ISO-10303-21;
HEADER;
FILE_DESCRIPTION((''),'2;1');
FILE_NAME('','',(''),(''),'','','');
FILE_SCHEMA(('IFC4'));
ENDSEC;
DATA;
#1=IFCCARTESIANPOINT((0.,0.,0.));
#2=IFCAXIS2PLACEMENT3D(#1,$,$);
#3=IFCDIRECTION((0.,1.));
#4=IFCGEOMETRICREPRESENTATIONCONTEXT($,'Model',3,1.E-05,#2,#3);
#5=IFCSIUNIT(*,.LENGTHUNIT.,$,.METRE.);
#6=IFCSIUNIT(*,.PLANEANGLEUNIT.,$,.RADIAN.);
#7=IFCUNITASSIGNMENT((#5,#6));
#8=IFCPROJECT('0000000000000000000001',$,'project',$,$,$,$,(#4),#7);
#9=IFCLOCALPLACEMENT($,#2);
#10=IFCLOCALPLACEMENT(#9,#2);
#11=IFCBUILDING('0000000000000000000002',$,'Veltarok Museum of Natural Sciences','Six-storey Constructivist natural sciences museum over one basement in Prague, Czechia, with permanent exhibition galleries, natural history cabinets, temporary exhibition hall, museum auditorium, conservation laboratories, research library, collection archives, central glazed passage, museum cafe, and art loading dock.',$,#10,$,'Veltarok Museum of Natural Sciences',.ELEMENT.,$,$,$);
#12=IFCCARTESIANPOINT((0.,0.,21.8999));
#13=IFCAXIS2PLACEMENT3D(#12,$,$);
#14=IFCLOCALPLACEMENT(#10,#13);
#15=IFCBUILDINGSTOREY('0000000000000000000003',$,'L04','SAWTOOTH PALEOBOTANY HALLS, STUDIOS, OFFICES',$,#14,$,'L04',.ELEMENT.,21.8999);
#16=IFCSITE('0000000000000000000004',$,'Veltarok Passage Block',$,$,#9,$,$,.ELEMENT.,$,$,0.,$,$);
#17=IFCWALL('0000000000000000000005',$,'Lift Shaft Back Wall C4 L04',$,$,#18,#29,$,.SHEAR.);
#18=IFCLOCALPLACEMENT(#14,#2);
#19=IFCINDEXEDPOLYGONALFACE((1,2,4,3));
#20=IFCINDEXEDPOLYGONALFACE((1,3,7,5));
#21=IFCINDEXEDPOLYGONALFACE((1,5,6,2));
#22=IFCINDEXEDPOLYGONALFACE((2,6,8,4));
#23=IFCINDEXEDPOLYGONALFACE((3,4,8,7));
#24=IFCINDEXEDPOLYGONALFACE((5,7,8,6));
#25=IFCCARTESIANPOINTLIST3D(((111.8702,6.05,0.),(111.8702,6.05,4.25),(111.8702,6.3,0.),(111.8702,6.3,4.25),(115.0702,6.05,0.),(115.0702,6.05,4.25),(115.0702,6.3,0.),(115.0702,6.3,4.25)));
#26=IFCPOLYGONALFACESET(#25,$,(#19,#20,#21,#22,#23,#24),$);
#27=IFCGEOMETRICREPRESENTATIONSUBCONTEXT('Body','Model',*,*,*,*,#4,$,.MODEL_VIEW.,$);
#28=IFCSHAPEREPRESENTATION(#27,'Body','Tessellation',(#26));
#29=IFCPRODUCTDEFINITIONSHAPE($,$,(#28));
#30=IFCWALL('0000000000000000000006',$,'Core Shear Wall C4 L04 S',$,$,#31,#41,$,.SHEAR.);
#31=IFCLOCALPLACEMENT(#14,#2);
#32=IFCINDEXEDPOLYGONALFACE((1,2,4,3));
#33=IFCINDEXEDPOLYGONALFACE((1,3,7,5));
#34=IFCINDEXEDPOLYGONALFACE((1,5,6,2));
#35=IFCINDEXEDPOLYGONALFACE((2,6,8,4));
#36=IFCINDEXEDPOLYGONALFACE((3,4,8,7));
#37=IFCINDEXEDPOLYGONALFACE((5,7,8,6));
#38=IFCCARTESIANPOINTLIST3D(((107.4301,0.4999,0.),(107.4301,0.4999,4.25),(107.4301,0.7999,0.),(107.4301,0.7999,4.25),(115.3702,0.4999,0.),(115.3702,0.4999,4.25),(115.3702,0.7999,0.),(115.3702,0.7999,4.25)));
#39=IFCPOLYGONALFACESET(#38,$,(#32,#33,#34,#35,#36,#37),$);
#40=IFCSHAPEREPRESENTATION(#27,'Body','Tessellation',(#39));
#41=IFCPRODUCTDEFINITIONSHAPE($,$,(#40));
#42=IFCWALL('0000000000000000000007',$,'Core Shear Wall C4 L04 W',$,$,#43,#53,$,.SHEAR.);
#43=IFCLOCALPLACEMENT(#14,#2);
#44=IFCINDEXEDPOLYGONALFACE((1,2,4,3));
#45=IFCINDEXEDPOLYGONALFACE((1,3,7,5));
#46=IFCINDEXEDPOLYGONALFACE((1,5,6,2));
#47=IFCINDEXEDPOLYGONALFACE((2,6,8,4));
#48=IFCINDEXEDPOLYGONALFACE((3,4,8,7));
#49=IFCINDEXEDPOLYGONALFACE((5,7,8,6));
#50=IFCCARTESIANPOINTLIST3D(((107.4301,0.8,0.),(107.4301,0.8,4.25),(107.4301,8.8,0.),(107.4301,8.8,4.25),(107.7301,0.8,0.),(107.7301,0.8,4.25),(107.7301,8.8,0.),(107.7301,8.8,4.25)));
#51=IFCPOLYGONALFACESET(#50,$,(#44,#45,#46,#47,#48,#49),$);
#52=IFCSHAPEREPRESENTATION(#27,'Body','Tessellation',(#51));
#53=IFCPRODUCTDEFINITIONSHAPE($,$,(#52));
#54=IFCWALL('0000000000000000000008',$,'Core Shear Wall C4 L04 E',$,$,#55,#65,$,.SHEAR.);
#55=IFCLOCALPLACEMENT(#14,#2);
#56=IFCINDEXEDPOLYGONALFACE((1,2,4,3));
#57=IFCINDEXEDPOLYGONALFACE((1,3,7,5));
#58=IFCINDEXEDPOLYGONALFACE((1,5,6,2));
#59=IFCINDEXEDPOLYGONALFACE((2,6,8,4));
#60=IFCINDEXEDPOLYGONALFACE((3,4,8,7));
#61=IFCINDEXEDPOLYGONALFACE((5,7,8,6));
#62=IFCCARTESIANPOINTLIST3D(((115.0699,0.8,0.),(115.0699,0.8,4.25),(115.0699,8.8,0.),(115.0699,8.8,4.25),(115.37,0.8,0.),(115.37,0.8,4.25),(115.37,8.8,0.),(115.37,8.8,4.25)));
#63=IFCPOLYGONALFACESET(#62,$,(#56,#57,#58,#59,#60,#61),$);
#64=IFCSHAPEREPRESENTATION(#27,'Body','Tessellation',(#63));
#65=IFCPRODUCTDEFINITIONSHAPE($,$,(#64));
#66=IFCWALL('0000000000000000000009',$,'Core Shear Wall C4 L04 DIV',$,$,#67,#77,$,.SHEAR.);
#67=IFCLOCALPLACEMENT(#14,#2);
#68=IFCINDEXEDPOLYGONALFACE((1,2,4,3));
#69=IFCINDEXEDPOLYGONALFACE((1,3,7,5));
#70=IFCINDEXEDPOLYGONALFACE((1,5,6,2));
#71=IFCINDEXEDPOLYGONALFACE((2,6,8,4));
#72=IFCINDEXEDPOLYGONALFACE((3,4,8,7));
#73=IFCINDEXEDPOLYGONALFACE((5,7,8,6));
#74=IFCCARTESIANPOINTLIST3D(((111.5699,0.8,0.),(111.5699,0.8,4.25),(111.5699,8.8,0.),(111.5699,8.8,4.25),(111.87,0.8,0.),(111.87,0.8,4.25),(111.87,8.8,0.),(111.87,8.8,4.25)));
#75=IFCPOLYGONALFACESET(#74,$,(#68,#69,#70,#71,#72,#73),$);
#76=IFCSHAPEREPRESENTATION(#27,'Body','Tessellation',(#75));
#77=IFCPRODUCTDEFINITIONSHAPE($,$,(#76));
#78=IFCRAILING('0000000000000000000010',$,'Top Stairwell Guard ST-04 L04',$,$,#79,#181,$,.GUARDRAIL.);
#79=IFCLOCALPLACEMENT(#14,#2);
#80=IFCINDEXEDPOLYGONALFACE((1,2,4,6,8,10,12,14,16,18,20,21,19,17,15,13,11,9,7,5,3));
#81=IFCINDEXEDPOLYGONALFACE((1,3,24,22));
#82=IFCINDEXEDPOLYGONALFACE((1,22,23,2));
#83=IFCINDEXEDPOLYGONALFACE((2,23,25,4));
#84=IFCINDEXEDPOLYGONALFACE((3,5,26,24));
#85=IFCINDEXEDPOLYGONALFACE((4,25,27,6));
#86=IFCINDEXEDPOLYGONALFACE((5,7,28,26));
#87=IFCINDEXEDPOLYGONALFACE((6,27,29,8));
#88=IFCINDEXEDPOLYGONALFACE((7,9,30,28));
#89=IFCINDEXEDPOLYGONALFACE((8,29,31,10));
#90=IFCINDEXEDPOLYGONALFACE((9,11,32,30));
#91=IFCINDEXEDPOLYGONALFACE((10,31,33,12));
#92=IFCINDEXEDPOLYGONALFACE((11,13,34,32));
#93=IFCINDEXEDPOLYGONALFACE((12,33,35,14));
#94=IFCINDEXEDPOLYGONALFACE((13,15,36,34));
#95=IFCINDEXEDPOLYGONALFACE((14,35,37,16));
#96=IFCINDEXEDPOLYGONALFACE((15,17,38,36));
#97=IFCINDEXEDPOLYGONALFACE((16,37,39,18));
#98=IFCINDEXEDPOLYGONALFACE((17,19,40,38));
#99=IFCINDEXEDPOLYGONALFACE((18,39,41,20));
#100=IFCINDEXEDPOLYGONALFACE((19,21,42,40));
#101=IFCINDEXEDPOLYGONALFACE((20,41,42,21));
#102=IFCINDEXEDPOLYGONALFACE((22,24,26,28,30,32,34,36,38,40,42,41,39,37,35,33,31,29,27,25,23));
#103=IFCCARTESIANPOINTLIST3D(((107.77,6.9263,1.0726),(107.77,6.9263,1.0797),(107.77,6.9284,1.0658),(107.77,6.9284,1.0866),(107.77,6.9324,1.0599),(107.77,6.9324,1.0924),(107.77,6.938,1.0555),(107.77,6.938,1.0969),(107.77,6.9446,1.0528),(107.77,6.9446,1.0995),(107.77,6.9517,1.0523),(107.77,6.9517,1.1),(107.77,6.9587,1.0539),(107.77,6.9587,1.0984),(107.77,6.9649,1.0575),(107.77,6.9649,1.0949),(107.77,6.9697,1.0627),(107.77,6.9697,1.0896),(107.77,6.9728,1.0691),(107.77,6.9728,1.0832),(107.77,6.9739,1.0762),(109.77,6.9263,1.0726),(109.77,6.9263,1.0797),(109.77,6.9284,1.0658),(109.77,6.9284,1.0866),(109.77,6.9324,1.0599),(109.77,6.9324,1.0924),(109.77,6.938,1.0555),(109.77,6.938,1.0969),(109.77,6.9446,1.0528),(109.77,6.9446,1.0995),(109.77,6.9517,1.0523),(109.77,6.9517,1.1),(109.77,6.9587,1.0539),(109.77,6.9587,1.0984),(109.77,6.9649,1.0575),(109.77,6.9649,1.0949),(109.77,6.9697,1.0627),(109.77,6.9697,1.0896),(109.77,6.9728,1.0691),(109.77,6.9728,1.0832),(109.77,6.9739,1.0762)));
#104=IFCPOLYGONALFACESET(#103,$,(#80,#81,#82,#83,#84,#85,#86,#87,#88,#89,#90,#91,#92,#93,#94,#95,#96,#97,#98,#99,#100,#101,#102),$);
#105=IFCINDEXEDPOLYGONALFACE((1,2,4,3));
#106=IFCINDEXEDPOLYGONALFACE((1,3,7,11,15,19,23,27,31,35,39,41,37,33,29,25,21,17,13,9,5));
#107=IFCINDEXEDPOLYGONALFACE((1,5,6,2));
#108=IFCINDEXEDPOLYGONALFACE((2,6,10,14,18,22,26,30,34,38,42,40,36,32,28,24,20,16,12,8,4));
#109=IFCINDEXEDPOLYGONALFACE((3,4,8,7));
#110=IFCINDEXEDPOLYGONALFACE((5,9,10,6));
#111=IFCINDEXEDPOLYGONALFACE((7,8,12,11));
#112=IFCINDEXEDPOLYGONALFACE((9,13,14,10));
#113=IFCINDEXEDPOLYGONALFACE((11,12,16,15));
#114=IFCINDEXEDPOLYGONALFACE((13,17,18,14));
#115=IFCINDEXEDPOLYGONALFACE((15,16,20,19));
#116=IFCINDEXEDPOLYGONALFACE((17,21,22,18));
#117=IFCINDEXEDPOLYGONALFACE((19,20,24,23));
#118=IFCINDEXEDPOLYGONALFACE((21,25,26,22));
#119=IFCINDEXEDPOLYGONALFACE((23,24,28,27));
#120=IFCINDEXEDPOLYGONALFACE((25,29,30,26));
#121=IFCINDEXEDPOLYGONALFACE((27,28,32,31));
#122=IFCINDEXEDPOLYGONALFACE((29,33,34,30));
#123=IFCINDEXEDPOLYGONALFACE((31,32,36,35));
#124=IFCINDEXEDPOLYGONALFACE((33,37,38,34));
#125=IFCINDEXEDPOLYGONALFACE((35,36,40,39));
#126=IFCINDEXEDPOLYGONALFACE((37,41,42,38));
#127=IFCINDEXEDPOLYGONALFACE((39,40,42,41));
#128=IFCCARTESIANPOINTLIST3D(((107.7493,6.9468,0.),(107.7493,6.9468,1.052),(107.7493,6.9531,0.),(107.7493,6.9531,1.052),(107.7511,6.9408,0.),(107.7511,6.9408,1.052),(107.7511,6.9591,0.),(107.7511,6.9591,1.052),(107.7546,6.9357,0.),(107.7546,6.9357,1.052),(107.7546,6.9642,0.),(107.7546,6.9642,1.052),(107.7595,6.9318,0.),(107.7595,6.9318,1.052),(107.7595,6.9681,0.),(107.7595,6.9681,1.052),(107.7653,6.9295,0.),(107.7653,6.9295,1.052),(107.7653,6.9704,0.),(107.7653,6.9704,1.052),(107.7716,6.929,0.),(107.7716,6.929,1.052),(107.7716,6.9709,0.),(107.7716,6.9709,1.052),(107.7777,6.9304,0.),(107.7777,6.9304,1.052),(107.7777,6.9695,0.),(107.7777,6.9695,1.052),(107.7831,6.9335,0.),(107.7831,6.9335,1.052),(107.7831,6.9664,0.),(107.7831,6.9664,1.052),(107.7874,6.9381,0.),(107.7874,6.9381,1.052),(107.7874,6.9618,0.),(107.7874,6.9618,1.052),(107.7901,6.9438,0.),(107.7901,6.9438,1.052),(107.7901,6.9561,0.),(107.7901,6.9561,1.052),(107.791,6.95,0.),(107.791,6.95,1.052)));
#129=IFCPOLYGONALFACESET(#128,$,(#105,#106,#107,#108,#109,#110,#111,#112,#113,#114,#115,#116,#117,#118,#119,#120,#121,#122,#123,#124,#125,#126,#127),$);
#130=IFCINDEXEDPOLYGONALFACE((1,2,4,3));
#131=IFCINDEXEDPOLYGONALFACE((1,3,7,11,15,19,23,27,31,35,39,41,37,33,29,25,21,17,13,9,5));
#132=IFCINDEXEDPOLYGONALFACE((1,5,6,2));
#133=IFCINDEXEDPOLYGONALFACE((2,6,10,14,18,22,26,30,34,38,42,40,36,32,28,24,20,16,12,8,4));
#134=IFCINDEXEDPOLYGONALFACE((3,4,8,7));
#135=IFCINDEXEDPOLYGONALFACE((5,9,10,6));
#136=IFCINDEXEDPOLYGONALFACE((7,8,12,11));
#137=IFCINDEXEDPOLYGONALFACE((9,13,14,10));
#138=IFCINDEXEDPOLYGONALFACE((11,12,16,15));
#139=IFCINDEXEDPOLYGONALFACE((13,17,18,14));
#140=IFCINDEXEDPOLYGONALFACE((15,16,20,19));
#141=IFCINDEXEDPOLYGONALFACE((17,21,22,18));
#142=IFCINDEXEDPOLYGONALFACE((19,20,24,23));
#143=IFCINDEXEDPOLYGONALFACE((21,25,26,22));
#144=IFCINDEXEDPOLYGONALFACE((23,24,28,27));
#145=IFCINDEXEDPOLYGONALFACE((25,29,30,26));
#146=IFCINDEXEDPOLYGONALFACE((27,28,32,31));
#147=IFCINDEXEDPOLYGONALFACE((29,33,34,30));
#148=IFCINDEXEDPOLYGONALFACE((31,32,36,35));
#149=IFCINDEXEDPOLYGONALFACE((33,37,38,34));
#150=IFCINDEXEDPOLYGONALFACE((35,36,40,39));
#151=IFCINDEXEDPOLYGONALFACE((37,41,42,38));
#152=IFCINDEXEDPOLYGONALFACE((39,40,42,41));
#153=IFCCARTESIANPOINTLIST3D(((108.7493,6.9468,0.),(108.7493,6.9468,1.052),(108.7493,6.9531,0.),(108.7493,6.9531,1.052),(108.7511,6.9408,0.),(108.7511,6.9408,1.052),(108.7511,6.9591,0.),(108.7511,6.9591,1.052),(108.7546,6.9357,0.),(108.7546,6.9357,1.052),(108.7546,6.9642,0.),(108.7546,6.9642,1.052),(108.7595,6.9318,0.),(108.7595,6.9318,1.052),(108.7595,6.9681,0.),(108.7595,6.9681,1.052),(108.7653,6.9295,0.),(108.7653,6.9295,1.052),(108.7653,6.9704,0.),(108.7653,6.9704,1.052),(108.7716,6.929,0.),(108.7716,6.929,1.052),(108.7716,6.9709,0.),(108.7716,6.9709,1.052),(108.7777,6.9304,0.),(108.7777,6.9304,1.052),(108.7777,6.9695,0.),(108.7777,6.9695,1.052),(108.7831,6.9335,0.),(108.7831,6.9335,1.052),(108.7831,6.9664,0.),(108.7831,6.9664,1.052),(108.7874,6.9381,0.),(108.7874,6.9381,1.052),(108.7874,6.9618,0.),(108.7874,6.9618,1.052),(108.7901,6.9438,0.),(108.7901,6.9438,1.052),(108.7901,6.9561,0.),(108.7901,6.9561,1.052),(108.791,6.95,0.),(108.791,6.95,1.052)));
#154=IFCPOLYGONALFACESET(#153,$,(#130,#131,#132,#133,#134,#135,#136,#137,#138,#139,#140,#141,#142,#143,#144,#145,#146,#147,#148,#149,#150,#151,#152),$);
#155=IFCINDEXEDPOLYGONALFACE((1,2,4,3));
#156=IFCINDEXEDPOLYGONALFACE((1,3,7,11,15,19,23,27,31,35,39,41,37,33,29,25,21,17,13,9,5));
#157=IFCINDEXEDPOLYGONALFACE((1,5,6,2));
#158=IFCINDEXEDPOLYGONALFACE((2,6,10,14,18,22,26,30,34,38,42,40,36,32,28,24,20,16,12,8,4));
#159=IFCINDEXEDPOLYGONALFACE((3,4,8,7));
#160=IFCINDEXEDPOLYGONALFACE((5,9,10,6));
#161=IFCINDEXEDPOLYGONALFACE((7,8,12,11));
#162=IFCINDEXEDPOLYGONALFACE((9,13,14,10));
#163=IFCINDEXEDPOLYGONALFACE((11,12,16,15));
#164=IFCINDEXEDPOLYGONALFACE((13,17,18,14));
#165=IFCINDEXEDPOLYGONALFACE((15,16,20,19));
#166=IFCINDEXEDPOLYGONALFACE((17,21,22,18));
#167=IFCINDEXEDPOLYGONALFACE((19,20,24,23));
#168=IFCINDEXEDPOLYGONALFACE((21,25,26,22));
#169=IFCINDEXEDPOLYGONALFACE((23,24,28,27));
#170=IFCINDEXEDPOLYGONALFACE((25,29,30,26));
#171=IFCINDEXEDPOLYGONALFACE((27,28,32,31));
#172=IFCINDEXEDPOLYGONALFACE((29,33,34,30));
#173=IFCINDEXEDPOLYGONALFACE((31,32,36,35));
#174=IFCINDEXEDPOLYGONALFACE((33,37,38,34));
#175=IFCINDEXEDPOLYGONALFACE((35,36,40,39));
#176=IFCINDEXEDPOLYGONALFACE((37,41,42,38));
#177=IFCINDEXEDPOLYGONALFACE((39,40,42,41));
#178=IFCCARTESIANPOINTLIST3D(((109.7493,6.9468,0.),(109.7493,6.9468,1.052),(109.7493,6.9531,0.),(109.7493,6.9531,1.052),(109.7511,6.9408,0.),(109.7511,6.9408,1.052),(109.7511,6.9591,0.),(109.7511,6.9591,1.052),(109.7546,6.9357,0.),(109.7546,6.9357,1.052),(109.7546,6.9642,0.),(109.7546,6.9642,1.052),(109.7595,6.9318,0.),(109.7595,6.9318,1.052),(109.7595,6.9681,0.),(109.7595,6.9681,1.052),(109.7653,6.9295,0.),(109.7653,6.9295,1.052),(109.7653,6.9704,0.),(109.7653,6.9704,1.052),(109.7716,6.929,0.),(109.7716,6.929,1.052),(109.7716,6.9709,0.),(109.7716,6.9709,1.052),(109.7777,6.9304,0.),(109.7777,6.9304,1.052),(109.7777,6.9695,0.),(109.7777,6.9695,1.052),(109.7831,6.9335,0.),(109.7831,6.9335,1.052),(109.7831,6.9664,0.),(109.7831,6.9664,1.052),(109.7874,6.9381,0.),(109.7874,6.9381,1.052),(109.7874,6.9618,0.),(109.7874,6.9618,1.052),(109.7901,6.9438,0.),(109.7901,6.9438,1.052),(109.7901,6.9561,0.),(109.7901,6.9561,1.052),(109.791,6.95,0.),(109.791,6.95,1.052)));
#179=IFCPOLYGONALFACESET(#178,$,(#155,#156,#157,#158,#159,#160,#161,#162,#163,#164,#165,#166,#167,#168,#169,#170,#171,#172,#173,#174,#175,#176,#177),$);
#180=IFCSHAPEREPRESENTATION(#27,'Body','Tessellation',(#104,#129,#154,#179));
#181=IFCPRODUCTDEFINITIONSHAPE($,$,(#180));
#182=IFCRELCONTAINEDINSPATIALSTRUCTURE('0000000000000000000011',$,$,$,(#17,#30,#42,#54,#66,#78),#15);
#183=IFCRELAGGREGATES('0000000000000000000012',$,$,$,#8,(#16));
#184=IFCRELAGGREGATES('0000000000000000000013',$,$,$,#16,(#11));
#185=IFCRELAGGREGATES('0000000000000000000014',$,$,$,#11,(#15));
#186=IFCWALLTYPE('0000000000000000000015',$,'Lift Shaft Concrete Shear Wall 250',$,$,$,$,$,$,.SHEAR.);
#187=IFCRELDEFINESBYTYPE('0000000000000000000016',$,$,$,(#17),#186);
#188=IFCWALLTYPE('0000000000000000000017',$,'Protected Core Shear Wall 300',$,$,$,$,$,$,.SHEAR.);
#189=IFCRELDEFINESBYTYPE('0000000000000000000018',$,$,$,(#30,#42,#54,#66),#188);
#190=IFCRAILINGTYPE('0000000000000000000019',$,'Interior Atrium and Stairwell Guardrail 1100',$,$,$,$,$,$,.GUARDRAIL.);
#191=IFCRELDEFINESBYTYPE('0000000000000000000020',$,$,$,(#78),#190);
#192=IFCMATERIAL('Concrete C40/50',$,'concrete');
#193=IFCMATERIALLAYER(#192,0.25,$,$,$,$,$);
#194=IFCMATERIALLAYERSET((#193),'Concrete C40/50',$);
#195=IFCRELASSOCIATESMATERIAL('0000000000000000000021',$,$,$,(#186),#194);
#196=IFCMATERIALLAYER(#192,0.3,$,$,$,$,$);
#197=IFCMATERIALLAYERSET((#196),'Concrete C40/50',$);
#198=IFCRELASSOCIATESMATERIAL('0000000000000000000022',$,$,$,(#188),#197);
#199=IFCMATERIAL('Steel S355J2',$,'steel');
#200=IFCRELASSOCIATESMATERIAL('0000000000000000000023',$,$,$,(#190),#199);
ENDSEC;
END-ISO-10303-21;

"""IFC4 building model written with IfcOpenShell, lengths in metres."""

from ifc_helpers import new_model, si_unit, direction, frame, frame_2d, origin, origin_2d, place, context, subcontext, project, spatial, rectangle, circle, extrude, material, layer, layer_set, type_object, element, save


model = new_model("IFC4")

# Units and contexts
model_context = context("Model", 3, precision=1e-05, world=origin(), true_north=direction((0.0, 1.0)))
body_context = subcontext(model_context, "Body", "Model", "MODEL_VIEW")
ifc_project = project(units=[si_unit("LENGTHUNIT", "METRE"), si_unit("PLANEANGLEUNIT", "RADIAN")], contexts=[model_context])

# Site, building, storey
site_placement = place(None, origin())
site = spatial("IfcSite", under=ifc_project, at=site_placement, Name="Veltarok Passage Block", CompositionType="ELEMENT", RefElevation=0.0)
building_placement = place(site_placement, origin())
building = spatial("IfcBuilding", under=site, at=building_placement, Name="Veltarok Museum of Natural Sciences", Description="Six-storey Constructivist natural sciences museum over one basement in Prague, Czechia, with permanent exhibition galleries, natural history cabinets, temporary exhibition hall, museum auditorium, conservation laboratories, research library, collection archives, central glazed passage, museum cafe, and art loading dock.", LongName="Veltarok Museum of Natural Sciences", CompositionType="ELEMENT")
storey_placement = place(building_placement, frame((0.0, 0.0, 21.8999)))
storey = spatial("IfcBuildingStorey", under=building, at=storey_placement, Name="L04", Description="SAWTOOTH PALEOBOTANY HALLS, STUDIOS, OFFICES", LongName="L04", CompositionType="ELEMENT", Elevation=21.8999)

# Shared definitions
ifc_material_1 = material(Name="Concrete C40/50", Category="concrete")
ifc_material_2 = material(Name="Steel S355J2", Category="steel")

# Walls
ifc_layer_1 = layer(ifc_material_1, 0.25)
ifc_layer_set_1 = layer_set([ifc_layer_1], Name="Concrete C40/50")
wall_type_1 = type_object("IfcWallType", Name="Lift Shaft Concrete Shear Wall 250", PredefinedType="SHEAR", material=ifc_layer_set_1)
wall_1_placement = place(storey_placement, frame((111.8701, 6.175, 0.0), z_axis=(0.0, 0.0, 1.0), x_axis=(1.0, 0.0, 0.0)))
element("IfcWall", 1, at=wall_1_placement, inside=storey, type_object=wall_type_1, Name="Lift Shaft Back Wall C4 L04", PredefinedType="SHEAR", context=body_context, shape_type="SweptSolid", body=[
    extrude(rectangle(XDim=3.2, YDim=0.25, at=frame_2d((1.6001, 0.0))), origin(), (0.0, 0.0, 1.0), 4.25),
])
ifc_layer_2 = layer(ifc_material_1, 0.3)
ifc_layer_set_2 = layer_set([ifc_layer_2], Name="Concrete C40/50")
wall_type_2 = type_object("IfcWallType", Name="Protected Core Shear Wall 300", PredefinedType="SHEAR", material=ifc_layer_set_2)
wall_2_placement = place(storey_placement, frame((107.4299, 0.6499, 0.0), z_axis=(0.0, 0.0, 1.0), x_axis=(1.0, 0.0, 0.0)))
element("IfcWall", 2, at=wall_2_placement, inside=storey, type_object=wall_type_2, Name="Core Shear Wall C4 L04 S", PredefinedType="SHEAR", context=body_context, shape_type="SweptSolid", body=[
    extrude(rectangle(XDim=7.9402, YDim=0.3, at=frame_2d((3.9702, 0.0))), origin(), (0.0, 0.0, 1.0), 4.25),
])
for number, where, z_axis, x_axis, name in (
    (3, (107.5801, 8.8, 0.0), (0.0, 0.0, 1.0), (0.0, -1.0, 0.0), "Core Shear Wall C4 L04 W"),
    (4, (115.22, 0.8, 0.0), (0.0, 0.0, 1.0), (0.0, 1.0, 0.0), "Core Shear Wall C4 L04 E"),
    (5, (111.72, 0.8, 0.0), (0.0, 0.0, 1.0), (0.0, 1.0, 0.0), "Core Shear Wall C4 L04 DIV"),
):
    element("IfcWall", number, at=place(storey_placement, frame(where, z_axis=z_axis, x_axis=x_axis)), inside=storey, type_object=wall_type_2, Name=name, PredefinedType="SHEAR", context=body_context, shape_type="SweptSolid", body=[
        extrude(rectangle(XDim=8.0, YDim=0.3, at=frame_2d((4.0, 0.0))), origin(), (0.0, 0.0, 1.0), 4.25),
    ])

# Railing
railing_type = type_object("IfcRailingType", Name="Interior Atrium and Stairwell Guardrail 1100", PredefinedType="GUARDRAIL", material=ifc_material_2)
railing_placement = place(storey_placement, frame((107.77, 6.95, 0.0)))
element("IfcRailing", 6, at=railing_placement, inside=storey, type_object=railing_type, Name="Top Stairwell Guard ST-04 L04", PredefinedType="GUARDRAIL", context=body_context, shape_type="SweptSolid", body=[
    extrude(circle(Radius=0.0239, at=origin_2d()), frame((0.0, 0.0, 1.0762), z_axis=(1.0, 0.0, 0.0), x_axis=(0.0, 1.0, 0.0)), (0.0, 0.0, 1.0), 2.0),
    extrude(circle(Radius=0.021, at=origin_2d()), origin(), (0.0, 0.0, 1.0), 1.052),
    extrude(circle(Radius=0.021, at=origin_2d()), frame((1.0, 0.0, 0.0)), (0.0, 0.0, 1.0), 1.052),
    extrude(circle(Radius=0.021, at=origin_2d()), frame((2.0, 0.0, 0.0)), (0.0, 0.0, 1.0), 1.052),
])

save(model, "model.ifc")
